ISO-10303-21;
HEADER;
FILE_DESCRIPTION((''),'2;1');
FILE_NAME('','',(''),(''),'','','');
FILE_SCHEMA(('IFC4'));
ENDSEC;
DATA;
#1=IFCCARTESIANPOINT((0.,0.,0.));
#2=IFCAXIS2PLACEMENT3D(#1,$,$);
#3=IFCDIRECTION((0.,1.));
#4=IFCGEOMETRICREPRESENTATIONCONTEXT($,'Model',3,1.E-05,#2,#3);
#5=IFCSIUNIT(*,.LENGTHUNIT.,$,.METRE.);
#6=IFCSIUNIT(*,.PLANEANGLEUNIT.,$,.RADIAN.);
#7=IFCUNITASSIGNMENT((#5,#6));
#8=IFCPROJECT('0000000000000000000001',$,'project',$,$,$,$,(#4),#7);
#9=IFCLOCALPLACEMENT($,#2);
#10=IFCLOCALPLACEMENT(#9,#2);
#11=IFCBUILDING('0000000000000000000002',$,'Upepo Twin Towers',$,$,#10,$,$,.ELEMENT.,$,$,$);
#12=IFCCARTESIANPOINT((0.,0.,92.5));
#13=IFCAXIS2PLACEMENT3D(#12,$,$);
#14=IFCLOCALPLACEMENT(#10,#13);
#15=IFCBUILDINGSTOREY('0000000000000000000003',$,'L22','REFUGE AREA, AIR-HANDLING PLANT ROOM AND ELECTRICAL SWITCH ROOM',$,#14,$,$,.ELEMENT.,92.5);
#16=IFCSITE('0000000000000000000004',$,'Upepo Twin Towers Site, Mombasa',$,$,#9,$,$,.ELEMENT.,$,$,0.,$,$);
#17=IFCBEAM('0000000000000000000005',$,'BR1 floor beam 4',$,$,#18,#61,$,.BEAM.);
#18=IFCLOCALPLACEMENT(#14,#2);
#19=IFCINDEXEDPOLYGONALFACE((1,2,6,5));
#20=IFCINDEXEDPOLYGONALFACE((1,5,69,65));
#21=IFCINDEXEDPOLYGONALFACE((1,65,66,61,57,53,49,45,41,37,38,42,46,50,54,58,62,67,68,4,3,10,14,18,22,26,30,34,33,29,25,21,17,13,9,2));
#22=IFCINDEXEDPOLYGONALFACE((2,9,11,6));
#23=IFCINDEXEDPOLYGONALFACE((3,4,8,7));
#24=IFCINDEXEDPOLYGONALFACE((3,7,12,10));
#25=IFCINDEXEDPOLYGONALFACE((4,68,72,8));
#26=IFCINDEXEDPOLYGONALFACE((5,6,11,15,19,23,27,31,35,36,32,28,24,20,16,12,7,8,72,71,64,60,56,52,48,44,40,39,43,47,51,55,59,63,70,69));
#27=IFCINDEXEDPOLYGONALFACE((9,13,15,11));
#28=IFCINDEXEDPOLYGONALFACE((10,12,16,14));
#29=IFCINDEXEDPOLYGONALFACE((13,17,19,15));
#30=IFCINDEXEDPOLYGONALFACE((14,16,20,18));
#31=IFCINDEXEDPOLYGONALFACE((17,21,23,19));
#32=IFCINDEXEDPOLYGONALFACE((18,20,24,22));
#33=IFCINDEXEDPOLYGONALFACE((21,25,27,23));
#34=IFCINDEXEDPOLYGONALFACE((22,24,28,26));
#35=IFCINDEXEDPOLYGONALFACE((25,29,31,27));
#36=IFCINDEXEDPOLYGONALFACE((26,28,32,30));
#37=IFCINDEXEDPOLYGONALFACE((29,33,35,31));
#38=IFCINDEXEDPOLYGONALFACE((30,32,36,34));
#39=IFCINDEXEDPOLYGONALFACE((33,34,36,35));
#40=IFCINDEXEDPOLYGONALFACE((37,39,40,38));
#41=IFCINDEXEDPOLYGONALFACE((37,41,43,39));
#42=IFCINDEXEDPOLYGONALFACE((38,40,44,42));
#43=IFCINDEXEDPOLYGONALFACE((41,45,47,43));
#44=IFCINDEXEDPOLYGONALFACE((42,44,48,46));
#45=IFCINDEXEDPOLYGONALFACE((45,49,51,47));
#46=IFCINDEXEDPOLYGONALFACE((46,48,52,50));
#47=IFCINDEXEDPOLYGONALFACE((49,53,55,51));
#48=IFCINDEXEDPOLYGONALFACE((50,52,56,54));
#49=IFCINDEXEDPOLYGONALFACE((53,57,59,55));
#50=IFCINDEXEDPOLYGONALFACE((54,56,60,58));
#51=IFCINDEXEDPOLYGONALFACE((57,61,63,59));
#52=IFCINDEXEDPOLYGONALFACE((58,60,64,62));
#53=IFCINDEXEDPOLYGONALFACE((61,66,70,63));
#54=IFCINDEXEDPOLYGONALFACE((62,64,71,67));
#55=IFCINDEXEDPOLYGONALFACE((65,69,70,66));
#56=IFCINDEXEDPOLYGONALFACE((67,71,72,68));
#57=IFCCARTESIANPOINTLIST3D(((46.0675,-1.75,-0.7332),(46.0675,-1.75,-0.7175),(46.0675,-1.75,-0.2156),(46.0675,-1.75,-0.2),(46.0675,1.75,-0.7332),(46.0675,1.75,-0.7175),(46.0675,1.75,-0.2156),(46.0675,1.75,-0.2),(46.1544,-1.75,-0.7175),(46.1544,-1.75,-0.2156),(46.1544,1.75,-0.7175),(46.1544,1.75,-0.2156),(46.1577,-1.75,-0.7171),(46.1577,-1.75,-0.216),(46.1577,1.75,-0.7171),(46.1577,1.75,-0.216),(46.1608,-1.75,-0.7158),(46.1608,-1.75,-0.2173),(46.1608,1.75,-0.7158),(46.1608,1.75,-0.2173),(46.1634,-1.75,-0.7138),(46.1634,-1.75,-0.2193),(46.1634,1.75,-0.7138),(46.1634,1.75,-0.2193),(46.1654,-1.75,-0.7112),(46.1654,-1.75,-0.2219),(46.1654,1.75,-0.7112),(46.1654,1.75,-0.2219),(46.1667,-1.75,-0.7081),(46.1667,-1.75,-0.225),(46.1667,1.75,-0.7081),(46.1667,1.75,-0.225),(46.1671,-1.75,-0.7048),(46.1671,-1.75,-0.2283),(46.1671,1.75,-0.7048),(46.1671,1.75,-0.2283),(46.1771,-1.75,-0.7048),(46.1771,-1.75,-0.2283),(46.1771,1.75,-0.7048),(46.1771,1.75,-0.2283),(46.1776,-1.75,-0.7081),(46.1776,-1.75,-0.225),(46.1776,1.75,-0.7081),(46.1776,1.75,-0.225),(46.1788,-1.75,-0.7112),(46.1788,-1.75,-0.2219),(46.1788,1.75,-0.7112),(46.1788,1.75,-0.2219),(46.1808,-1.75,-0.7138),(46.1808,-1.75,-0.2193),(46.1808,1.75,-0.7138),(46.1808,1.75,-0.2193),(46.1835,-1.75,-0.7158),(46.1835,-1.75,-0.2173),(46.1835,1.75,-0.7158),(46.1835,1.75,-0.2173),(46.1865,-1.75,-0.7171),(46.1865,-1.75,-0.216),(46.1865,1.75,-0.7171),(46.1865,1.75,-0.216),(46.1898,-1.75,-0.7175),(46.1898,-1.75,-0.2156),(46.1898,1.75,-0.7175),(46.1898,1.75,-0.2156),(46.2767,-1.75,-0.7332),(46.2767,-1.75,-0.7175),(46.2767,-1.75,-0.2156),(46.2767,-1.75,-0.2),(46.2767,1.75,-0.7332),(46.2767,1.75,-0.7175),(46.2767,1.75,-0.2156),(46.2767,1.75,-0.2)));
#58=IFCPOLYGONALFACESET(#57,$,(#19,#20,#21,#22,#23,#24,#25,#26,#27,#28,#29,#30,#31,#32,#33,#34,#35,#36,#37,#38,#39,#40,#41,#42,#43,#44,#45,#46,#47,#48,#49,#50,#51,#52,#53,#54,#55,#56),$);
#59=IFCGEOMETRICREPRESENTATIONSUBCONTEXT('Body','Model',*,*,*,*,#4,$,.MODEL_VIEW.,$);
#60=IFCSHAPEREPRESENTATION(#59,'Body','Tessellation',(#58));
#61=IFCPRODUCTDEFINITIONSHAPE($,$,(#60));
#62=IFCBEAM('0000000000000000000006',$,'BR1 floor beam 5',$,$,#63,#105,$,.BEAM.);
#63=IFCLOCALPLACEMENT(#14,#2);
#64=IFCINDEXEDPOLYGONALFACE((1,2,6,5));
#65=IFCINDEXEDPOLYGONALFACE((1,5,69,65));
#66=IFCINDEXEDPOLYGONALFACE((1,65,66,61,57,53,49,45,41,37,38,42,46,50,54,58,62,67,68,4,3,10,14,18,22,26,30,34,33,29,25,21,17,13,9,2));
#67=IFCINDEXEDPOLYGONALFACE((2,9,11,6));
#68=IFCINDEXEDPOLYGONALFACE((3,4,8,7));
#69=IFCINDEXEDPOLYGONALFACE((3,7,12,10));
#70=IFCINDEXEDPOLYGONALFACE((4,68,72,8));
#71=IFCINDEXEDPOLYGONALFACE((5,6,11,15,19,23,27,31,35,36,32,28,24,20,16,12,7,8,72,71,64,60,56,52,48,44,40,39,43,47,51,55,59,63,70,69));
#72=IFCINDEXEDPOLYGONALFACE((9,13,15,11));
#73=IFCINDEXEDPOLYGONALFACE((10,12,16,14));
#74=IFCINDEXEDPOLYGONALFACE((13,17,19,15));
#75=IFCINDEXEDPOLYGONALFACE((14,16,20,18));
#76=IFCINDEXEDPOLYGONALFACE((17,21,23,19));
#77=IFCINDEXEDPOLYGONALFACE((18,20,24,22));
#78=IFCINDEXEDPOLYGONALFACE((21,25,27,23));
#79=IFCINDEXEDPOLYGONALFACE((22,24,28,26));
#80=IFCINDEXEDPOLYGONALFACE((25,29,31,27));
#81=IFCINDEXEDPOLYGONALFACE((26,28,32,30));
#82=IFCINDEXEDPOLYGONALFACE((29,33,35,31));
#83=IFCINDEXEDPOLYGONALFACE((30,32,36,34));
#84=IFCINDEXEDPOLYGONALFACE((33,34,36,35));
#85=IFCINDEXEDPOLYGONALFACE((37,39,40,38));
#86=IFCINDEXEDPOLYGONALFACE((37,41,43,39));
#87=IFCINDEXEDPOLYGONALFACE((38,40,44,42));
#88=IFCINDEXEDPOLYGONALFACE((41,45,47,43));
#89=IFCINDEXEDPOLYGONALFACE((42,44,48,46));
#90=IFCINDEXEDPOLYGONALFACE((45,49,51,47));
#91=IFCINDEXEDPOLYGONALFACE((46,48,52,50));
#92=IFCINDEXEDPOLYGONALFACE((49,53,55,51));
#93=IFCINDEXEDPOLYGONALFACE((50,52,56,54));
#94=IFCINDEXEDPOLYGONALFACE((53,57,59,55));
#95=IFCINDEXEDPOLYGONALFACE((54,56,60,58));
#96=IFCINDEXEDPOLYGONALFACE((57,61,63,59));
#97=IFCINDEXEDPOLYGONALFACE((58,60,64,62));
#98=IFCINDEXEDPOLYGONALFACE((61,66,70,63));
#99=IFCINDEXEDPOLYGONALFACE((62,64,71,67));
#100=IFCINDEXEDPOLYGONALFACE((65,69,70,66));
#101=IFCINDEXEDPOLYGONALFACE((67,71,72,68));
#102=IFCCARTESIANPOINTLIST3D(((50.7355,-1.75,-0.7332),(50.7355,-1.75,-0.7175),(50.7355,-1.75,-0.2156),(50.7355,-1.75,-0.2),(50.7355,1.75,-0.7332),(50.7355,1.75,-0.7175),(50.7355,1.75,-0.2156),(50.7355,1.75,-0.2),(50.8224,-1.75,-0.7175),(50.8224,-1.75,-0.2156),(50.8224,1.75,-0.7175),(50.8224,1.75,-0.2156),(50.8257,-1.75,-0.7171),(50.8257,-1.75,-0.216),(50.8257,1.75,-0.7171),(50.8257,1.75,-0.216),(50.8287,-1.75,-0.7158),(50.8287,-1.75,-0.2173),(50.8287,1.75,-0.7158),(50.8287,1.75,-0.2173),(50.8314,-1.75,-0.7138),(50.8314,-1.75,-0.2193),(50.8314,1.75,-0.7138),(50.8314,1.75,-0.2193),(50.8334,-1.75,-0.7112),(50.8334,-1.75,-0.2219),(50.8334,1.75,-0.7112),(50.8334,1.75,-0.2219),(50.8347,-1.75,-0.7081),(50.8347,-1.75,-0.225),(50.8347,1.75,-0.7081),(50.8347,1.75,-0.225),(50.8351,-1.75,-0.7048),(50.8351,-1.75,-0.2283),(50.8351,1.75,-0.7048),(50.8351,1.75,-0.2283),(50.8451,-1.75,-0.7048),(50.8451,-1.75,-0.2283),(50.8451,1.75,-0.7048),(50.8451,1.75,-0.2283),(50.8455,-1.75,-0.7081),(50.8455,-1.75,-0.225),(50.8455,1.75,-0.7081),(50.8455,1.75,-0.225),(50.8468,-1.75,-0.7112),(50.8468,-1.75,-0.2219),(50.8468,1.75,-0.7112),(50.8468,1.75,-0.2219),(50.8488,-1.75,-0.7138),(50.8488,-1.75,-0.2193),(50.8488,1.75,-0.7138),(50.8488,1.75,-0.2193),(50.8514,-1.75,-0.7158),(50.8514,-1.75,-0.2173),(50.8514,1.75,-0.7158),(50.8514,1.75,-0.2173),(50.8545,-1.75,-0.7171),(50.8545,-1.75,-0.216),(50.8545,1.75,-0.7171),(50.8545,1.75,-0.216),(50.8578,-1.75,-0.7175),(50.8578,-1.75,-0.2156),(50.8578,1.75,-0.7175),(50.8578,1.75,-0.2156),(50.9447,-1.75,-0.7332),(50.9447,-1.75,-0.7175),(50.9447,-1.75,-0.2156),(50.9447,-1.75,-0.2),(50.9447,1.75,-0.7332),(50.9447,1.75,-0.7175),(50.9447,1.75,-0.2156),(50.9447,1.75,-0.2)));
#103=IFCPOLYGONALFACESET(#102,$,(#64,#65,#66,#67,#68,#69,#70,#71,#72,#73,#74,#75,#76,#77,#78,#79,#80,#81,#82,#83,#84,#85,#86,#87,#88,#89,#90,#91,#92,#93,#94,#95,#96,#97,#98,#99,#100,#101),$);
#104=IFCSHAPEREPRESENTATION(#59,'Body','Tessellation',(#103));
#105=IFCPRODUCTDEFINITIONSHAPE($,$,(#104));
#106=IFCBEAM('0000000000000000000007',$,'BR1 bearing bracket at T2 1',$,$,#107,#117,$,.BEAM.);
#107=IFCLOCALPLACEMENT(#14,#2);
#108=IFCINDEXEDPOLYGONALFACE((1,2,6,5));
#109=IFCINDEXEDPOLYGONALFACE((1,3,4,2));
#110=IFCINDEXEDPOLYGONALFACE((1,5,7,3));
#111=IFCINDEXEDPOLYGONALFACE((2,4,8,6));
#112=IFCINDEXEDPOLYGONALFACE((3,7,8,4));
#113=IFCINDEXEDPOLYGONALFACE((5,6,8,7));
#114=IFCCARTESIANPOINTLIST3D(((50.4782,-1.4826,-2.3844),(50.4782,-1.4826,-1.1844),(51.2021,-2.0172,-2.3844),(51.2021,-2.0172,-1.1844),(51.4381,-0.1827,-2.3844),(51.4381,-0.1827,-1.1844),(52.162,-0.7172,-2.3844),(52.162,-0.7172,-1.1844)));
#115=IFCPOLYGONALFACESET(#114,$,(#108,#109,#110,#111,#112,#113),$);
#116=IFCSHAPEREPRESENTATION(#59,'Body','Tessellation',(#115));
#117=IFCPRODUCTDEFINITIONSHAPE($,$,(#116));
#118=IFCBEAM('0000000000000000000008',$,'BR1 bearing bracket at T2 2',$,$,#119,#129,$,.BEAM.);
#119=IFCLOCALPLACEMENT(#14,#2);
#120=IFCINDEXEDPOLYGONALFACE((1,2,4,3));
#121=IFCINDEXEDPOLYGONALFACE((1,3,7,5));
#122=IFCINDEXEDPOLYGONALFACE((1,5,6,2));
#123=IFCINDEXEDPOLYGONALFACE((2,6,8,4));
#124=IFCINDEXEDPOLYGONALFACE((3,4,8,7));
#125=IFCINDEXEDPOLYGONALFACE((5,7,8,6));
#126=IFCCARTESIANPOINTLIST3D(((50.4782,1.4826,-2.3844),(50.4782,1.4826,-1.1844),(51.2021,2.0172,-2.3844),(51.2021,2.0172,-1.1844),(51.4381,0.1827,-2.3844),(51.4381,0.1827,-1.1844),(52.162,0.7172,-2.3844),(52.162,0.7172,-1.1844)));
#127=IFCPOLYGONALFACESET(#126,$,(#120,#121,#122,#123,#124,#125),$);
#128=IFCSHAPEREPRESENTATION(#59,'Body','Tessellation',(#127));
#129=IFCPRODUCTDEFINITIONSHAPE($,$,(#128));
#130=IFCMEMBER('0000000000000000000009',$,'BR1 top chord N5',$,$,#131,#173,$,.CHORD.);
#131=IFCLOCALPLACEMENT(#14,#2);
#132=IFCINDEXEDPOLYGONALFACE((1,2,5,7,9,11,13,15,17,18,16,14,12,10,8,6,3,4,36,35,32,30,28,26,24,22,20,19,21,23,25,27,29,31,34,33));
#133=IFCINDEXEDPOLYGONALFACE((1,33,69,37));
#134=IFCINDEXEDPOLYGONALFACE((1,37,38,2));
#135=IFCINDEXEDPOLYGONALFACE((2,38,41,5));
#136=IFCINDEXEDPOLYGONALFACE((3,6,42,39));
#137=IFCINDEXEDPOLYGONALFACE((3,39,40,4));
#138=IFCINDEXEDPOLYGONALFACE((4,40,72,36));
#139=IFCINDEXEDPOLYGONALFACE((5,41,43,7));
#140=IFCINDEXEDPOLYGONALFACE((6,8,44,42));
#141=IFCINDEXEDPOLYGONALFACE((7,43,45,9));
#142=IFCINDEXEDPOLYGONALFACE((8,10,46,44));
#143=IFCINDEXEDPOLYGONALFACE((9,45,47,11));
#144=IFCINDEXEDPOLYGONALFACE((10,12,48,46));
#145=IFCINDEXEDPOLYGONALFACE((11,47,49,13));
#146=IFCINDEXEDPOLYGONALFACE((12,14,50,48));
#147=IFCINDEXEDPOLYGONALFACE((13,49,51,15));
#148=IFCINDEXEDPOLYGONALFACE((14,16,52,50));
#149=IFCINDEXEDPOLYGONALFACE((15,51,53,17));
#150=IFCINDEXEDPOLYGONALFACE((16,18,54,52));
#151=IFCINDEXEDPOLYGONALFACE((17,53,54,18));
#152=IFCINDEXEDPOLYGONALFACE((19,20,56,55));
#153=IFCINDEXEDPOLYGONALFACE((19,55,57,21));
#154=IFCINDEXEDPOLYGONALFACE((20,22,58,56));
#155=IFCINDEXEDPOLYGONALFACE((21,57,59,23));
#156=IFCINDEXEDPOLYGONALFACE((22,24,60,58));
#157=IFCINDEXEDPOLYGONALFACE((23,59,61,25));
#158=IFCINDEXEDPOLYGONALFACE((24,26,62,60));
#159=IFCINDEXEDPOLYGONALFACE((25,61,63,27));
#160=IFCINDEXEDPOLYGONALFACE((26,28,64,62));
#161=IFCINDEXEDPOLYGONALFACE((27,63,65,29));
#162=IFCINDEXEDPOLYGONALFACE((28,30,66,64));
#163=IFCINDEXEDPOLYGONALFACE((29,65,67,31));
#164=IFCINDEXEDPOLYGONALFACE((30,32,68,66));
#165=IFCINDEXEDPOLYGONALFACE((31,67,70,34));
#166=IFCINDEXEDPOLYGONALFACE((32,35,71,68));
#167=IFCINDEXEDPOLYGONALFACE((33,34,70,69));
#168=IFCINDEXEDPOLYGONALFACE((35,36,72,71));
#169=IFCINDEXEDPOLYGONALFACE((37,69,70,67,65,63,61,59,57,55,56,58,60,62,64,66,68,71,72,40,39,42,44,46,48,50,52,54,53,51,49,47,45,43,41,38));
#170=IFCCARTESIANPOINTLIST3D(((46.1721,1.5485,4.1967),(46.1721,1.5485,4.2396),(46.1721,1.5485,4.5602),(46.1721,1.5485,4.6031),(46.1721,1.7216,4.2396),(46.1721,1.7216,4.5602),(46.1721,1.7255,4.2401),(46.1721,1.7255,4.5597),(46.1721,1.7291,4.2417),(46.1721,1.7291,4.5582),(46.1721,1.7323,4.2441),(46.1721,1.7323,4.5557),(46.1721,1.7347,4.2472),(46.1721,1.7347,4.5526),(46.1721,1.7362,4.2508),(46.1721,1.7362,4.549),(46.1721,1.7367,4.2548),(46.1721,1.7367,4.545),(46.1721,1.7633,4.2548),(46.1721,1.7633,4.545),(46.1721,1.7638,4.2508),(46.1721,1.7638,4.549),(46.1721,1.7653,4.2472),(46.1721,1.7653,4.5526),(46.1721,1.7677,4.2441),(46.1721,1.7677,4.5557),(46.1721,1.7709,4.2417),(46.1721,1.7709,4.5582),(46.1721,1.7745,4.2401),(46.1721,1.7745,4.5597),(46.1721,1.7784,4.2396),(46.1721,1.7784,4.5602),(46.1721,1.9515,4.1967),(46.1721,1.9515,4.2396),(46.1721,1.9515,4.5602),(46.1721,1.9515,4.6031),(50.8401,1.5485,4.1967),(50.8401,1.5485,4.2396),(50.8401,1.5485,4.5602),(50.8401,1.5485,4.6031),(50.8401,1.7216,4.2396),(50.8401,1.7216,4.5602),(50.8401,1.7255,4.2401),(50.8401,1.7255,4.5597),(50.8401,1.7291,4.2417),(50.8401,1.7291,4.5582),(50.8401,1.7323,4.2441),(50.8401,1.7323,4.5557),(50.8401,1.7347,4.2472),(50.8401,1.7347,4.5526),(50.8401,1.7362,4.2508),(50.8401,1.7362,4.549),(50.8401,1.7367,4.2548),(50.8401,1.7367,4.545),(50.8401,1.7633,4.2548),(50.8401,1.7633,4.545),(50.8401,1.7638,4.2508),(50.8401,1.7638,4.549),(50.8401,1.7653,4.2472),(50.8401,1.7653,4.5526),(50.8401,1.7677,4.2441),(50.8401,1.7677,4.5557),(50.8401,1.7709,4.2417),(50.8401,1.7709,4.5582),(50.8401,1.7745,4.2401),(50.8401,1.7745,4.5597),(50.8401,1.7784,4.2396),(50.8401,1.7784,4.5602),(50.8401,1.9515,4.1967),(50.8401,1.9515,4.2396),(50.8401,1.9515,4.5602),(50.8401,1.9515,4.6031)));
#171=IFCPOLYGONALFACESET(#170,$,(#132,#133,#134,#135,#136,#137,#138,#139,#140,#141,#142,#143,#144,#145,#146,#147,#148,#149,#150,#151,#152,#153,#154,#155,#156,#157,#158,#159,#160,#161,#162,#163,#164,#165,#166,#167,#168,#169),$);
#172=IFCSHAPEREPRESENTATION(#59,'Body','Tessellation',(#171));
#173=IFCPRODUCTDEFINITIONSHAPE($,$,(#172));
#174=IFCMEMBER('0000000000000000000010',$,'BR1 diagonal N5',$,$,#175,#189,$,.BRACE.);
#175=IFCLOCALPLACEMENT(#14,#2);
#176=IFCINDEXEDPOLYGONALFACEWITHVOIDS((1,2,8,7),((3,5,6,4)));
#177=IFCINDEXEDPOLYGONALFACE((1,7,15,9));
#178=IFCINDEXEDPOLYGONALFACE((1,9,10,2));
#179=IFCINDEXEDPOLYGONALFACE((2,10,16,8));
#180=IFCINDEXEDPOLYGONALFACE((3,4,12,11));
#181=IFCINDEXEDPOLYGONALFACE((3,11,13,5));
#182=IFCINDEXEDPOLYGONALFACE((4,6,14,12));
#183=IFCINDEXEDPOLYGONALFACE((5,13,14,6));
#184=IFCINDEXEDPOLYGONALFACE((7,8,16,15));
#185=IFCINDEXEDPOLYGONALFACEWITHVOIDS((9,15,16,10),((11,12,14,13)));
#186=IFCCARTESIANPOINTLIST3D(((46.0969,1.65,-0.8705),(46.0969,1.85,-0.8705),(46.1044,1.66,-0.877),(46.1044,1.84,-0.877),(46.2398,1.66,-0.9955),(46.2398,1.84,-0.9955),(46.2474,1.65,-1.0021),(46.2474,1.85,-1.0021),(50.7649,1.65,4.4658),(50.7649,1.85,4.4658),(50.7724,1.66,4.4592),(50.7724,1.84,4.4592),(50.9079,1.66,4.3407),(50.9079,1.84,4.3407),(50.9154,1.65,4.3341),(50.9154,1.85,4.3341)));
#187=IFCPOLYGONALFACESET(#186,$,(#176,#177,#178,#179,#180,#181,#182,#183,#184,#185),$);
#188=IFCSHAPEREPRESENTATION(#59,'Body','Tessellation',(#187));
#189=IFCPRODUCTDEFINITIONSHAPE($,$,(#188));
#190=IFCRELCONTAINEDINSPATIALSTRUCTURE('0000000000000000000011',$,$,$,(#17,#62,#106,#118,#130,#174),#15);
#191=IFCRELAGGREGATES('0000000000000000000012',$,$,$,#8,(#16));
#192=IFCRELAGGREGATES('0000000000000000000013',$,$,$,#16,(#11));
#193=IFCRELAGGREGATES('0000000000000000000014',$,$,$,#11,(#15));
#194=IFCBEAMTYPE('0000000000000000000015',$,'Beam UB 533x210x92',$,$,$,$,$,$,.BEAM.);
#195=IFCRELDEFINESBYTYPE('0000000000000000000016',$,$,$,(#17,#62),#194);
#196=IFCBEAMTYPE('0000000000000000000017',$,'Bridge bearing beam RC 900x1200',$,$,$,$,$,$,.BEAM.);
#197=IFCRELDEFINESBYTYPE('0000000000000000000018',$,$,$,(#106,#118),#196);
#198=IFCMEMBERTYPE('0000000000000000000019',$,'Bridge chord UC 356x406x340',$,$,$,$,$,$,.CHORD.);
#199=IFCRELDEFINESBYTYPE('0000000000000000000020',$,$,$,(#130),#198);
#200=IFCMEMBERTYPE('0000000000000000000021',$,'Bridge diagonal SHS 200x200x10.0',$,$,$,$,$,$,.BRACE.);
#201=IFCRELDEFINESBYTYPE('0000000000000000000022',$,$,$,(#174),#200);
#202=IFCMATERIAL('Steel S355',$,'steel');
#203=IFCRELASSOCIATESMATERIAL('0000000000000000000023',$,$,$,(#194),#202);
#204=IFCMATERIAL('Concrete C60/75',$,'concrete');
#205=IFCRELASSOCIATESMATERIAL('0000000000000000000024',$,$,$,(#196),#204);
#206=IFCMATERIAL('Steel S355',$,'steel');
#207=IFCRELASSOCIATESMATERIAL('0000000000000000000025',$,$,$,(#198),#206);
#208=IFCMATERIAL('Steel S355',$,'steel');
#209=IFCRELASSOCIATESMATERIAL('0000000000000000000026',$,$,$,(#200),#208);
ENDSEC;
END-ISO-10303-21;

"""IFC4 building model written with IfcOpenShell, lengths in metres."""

from ifc_helpers import new_model, si_unit, direction, frame, origin, origin_2d, place, context, subcontext, project, spatial, rectangle, hollow_rectangle, i_section, extrude, material, material_profile, profile_set, type_object, element, save


model = new_model("IFC4")

# Units and contexts
model_context = context("Model", 3, precision=1e-05, world=origin(), true_north=direction((0.0, 1.0)))
body_context = subcontext(model_context, "Body", "Model", "MODEL_VIEW")
ifc_project = project(units=[si_unit("LENGTHUNIT", "METRE"), si_unit("PLANEANGLEUNIT", "RADIAN")], contexts=[model_context])

# Site, building, storey
site_placement = place(None, origin())
site = spatial("IfcSite", under=ifc_project, at=site_placement, Name="Upepo Twin Towers Site, Mombasa", CompositionType="ELEMENT", RefElevation=0.0)
building_placement = place(site_placement, origin())
building = spatial("IfcBuilding", under=site, at=building_placement, Name="Upepo Twin Towers", CompositionType="ELEMENT")
storey_placement = place(building_placement, frame((0.0, 0.0, 92.5)))
storey = spatial("IfcBuildingStorey", under=building, at=storey_placement, Name="L22", Description="REFUGE AREA, AIR-HANDLING PLANT ROOM AND ELECTRICAL SWITCH ROOM", CompositionType="ELEMENT", Elevation=92.5)

# Beams
ifc_material_1 = material(Name="Steel S355", Category="steel")
ifc_material_profile_1 = material_profile(ifc_material_1, i_section(OverallWidth=0.2092, OverallDepth=0.5332, WebThickness=0.01, FlangeThickness=0.0156, FilletRadius=0.0127, at=origin_2d()), Name="UB 533x210x92")
ifc_profile_set_1 = profile_set([ifc_material_profile_1], Name="Steel S355")
beam_type_1 = type_object("IfcBeamType", Name="Beam UB 533x210x92", PredefinedType="BEAM", material=ifc_profile_set_1)
for number, where, z_axis, x_axis, name in (
    (1, (46.1721, -1.75, -0.4666), (0.0, 1.0, 0.0), (-1.0, 0.0, 0.0), "BR1 floor beam 4"),
    (2, (50.8401, -1.75, -0.4666), (0.0, 1.0, 0.0), (-1.0, 0.0, 0.0), "BR1 floor beam 5"),
):
    element("IfcBeam", number, at=place(storey_placement, frame(where, z_axis=z_axis, x_axis=x_axis)), inside=storey, type_object=beam_type_1, Name=name, PredefinedType="BEAM", context=body_context, shape_type="SweptSolid", body=[
        extrude(i_section(OverallWidth=0.2092, OverallDepth=0.5332, WebThickness=0.01, FlangeThickness=0.0156, FilletRadius=0.0127, at=origin_2d()), origin(), (0.0, 0.0, 1.0), 3.5),
    ])
ifc_material_2 = material(Name="Concrete C60/75", Category="concrete")
ifc_material_profile_2 = material_profile(ifc_material_2, rectangle(XDim=0.8999, YDim=1.2, at=origin_2d()), Name="RC 900x1200")
ifc_profile_set_2 = profile_set([ifc_material_profile_2], Name="Concrete C60/75")
beam_type_2 = type_object("IfcBeamType", Name="Bridge bearing beam RC 900x1200", PredefinedType="BEAM", material=ifc_profile_set_2)
for number, where, z_axis, x_axis, name in (
    (3, (51.8, -0.45, -1.7844), (-0.594013, -0.804455, 0.0), (0.804455, -0.594013, 0.0), "BR1 bearing bracket at T2 1"),
    (4, (51.8, 0.45, -1.7844), (-0.594013, 0.804455, 0.0), (-0.804455, -0.594013, 0.0), "BR1 bearing bracket at T2 2"),
):
    element("IfcBeam", number, at=place(storey_placement, frame(where, z_axis=z_axis, x_axis=x_axis)), inside=storey, type_object=beam_type_2, Name=name, PredefinedType="BEAM", context=body_context, shape_type="SweptSolid", body=[
        extrude(rectangle(XDim=0.8999, YDim=1.2, at=origin_2d()), origin(), (0.0, 0.0, 1.0), 1.616),
    ])

# Members
ifc_material_3 = material(Name="Steel S355", Category="steel")
ifc_material_profile_3 = material_profile(ifc_material_3, i_section(OverallWidth=0.4031, OverallDepth=0.4065, WebThickness=0.0266, FlangeThickness=0.043, FilletRadius=0.0151, at=origin_2d()), Name="UC 356x406x340")
ifc_profile_set_3 = profile_set([ifc_material_profile_3], Name="Steel S355")
member_type_1 = type_object("IfcMemberType", Name="Bridge chord UC 356x406x340", PredefinedType="CHORD", material=ifc_profile_set_3)
member_1_placement = place(storey_placement, frame((46.1721, 1.75, 4.3999), z_axis=(1.0, 0.0, 0.0), x_axis=(0.0, 1.0, 0.0)))
element("IfcMember", 5, at=member_1_placement, inside=storey, type_object=member_type_1, Name="BR1 top chord N5", PredefinedType="CHORD", context=body_context, shape_type="SweptSolid", body=[
    extrude(i_section(OverallWidth=0.4031, OverallDepth=0.4065, WebThickness=0.0266, FlangeThickness=0.043, FilletRadius=0.0151, at=origin_2d()), origin(), (0.0, 0.0, 1.0), 4.668),
])
ifc_material_4 = material(Name="Steel S355", Category="steel")
ifc_material_profile_4 = material_profile(ifc_material_4, hollow_rectangle(XDim=0.2, YDim=0.2, WallThickness=0.01, at=origin_2d()), Name="SHS 200x200x10.0")
ifc_profile_set_4 = profile_set([ifc_material_profile_4], Name="Steel S355")
member_type_2 = type_object("IfcMemberType", Name="Bridge diagonal SHS 200x200x10.0", PredefinedType="BRACE", material=ifc_profile_set_4)
member_2_placement = place(storey_placement, frame((46.1721, 1.75, -0.9363), z_axis=(0.65841, 0.0, 0.75266), x_axis=(0.0, 1.0, 0.0)))
element("IfcMember", 6, at=member_2_placement, inside=storey, type_object=member_type_2, Name="BR1 diagonal N5", PredefinedType="BRACE", context=body_context, shape_type="SweptSolid", body=[
    extrude(hollow_rectangle(XDim=0.2, YDim=0.2, WallThickness=0.01, at=origin_2d()), origin(), (0.0, 0.0, 1.0), 7.0898),
])

save(model, "model.ifc")
